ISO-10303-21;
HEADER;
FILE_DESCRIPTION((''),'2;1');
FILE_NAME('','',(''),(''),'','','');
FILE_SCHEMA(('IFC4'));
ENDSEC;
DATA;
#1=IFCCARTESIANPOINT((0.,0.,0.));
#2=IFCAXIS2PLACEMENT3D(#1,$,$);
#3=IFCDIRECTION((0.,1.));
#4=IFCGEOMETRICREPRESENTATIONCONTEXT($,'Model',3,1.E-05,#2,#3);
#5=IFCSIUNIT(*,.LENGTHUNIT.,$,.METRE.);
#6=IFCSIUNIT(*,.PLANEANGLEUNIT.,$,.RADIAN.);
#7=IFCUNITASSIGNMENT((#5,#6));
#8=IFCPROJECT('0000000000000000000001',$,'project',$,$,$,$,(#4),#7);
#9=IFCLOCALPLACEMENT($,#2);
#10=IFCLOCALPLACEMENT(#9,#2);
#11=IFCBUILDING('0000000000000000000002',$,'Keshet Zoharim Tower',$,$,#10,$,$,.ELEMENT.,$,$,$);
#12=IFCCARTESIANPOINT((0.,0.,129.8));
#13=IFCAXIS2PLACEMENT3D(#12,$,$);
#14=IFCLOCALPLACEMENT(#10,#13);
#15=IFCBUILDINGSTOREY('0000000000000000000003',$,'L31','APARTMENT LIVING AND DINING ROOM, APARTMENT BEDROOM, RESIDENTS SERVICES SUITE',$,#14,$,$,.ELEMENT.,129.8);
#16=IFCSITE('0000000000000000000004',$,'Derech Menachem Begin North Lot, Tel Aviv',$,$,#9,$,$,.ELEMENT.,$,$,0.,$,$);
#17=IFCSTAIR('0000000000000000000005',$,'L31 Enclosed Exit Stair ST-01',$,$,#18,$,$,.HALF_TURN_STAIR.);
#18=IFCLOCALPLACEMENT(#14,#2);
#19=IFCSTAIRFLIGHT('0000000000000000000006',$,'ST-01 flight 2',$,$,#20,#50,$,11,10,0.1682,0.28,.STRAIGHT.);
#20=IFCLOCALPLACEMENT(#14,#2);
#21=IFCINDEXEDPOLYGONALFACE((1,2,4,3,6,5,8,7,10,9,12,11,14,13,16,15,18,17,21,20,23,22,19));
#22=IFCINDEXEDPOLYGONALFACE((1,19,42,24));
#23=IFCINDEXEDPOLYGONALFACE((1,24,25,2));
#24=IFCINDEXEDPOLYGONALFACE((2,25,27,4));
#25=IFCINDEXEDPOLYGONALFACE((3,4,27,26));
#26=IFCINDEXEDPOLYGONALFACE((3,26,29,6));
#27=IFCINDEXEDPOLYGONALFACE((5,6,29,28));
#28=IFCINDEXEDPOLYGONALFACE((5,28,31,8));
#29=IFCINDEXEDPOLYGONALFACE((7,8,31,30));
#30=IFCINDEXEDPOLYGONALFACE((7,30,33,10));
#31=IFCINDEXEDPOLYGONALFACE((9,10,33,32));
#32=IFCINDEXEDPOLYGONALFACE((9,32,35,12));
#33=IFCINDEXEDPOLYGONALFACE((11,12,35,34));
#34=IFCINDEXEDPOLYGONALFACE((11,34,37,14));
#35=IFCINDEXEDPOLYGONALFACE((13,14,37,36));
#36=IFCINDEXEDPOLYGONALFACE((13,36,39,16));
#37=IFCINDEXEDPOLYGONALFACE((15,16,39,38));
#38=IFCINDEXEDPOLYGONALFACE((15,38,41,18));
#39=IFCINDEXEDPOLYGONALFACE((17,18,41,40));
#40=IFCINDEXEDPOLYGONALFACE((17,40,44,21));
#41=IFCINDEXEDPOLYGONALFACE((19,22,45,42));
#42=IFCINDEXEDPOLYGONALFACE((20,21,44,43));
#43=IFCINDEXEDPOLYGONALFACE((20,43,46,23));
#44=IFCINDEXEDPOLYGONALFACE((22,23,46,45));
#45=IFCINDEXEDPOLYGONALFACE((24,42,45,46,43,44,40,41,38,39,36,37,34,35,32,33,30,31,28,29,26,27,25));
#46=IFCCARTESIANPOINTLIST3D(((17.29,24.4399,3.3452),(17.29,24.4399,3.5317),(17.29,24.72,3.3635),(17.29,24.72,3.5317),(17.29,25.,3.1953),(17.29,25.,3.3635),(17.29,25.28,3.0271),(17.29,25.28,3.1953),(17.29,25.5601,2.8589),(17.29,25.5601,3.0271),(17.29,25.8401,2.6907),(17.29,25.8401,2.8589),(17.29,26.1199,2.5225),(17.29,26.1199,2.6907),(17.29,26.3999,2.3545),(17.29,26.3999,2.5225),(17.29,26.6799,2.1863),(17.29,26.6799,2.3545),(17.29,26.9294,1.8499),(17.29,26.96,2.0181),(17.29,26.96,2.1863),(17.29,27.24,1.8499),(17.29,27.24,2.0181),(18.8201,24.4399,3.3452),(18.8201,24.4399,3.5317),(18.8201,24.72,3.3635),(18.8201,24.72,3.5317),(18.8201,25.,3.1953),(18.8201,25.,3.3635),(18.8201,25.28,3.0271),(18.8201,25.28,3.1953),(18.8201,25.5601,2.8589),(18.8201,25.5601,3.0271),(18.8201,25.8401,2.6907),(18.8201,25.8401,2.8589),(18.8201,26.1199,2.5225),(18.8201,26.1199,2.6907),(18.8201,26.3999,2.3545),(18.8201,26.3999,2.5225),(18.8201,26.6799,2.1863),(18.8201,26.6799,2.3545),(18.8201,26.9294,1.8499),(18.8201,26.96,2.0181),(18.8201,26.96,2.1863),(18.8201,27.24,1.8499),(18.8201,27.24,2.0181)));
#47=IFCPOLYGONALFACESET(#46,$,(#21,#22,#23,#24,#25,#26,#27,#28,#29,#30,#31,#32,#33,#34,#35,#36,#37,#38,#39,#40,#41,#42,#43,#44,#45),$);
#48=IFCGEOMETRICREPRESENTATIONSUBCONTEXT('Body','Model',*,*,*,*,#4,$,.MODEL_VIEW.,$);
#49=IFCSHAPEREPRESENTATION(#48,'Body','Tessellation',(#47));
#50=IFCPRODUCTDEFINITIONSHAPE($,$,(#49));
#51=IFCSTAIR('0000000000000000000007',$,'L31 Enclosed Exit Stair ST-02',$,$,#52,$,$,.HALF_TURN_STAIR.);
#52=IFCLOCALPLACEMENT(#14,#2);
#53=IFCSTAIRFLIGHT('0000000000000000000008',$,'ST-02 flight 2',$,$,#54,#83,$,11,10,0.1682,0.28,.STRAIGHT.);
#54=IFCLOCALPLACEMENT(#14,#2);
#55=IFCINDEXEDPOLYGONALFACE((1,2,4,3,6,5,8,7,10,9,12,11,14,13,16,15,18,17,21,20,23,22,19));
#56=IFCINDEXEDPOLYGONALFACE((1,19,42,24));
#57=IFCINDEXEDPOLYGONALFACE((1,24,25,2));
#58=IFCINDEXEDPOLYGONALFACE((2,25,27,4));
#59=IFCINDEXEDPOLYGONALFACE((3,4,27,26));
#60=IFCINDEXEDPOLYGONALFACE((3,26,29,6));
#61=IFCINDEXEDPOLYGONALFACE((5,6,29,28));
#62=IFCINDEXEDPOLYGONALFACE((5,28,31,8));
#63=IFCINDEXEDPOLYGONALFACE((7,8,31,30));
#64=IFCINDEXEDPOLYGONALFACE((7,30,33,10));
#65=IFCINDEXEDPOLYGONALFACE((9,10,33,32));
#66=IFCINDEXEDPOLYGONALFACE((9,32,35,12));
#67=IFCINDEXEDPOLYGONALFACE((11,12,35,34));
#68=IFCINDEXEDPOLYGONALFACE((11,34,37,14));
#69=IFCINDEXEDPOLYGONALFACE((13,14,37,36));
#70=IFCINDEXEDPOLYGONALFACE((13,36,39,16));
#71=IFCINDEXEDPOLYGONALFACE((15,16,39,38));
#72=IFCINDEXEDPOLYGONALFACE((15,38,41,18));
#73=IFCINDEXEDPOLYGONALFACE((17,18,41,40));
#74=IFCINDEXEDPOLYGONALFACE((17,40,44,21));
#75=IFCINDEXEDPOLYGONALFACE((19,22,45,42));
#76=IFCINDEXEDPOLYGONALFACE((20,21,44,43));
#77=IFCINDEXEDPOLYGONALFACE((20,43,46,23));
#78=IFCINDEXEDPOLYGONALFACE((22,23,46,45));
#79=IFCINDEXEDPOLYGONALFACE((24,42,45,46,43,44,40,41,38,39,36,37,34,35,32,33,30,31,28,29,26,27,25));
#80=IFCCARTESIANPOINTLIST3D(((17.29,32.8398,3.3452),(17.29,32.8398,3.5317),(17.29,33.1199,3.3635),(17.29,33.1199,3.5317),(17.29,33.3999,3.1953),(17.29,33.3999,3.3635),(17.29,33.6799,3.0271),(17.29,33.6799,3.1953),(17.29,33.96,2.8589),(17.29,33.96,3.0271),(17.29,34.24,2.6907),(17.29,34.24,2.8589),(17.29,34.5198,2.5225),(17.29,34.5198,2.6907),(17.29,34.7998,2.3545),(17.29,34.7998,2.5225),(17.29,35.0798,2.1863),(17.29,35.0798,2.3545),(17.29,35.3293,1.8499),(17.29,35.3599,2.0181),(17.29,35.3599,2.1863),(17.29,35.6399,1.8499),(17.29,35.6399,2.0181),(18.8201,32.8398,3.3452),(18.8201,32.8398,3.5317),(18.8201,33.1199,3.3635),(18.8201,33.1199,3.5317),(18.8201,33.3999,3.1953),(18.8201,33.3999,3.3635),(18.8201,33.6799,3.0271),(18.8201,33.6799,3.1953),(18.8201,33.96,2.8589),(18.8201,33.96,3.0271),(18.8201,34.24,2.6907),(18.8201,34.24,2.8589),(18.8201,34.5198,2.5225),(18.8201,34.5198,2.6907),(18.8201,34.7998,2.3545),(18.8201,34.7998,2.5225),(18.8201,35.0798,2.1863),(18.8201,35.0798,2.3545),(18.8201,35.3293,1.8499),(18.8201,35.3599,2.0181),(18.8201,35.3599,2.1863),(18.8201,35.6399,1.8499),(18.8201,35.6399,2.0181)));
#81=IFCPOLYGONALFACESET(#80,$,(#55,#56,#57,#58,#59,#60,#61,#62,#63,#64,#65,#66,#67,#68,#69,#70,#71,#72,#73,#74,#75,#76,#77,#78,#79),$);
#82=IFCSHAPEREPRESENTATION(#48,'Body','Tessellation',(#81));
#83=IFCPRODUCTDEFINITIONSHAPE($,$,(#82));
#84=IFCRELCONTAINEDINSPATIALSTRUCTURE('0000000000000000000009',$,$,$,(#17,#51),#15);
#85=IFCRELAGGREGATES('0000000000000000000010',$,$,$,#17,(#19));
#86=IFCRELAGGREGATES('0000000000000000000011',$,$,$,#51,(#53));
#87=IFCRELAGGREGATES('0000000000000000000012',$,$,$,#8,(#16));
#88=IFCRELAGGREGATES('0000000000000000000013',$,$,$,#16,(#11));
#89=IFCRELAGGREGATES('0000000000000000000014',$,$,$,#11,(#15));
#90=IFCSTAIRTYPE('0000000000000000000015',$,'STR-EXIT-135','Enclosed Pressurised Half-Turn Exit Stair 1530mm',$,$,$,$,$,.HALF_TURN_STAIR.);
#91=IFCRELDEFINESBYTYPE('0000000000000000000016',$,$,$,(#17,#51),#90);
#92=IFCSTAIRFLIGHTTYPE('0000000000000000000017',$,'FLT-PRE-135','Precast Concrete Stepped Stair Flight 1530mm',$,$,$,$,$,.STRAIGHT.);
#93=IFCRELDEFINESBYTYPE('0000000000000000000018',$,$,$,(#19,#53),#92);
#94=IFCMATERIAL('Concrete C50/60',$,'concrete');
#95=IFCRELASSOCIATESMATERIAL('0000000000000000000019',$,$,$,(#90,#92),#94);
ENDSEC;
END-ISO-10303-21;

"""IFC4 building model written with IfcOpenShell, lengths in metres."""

from ifc_helpers import new_model, si_unit, direction, frame, origin, place, context, subcontext, project, spatial, polyline, outline, extrude, material, type_object, element, aggregate, save


model = new_model("IFC4")

# Units and contexts
model_context = context("Model", 3, precision=1e-05, world=origin(), true_north=direction((0.0, 1.0)))
body_context = subcontext(model_context, "Body", "Model", "MODEL_VIEW")
ifc_project = project(units=[si_unit("LENGTHUNIT", "METRE"), si_unit("PLANEANGLEUNIT", "RADIAN")], contexts=[model_context])

# Site, building, storey
site_placement = place(None, origin())
site = spatial("IfcSite", under=ifc_project, at=site_placement, Name="Derech Menachem Begin North Lot, Tel Aviv", CompositionType="ELEMENT", RefElevation=0.0)
building_placement = place(site_placement, origin())
building = spatial("IfcBuilding", under=site, at=building_placement, Name="Keshet Zoharim Tower", CompositionType="ELEMENT")
storey_placement = place(building_placement, frame((0.0, 0.0, 129.8)))
storey = spatial("IfcBuildingStorey", under=building, at=storey_placement, Name="L31", Description="APARTMENT LIVING AND DINING ROOM, APARTMENT BEDROOM, RESIDENTS SERVICES SUITE", CompositionType="ELEMENT", Elevation=129.8)

# Shared definitions
ifc_material_1 = material(Name="Concrete C50/60", Category="concrete")

# Stairs, stair flights
stair_type = type_object("IfcStairType", Name="STR-EXIT-135", Description="Enclosed Pressurised Half-Turn Exit Stair 1530mm", PredefinedType="HALF_TURN_STAIR", material=ifc_material_1)
stair_1_placement = place(storey_placement, origin())
stair_1 = element("IfcStair", 1, at=stair_1_placement, inside=storey, type_object=stair_type, Name="L31 Enclosed Exit Stair ST-01", PredefinedType="HALF_TURN_STAIR")
stair_flight_type = type_object("IfcStairFlightType", Name="FLT-PRE-135", Description="Precast Concrete Stepped Stair Flight 1530mm", PredefinedType="STRAIGHT", material=ifc_material_1)
stair_flight_1_placement = place(storey_placement, frame((18.0549, 27.24, 1.8499), z_axis=(0.0, 0.0, 1.0), x_axis=(0.0, -1.0, 0.0)))
stair_flight_1 = element("IfcStairFlight", 2, at=stair_flight_1_placement, type_object=stair_flight_type, Name="ST-01 flight 2", NumberOfRisers=11, NumberOfTreads=10, PredefinedType="STRAIGHT", RiserHeight=0.1682, TreadLength=0.28, context=body_context, shape_type="SweptSolid", body=[
    extrude(outline(polyline([(0.0, 0.0), (0.0, 0.1682), (0.28, 0.1682), (0.28, 0.3364), (0.5601, 0.3364), (0.5601, 0.5046), (0.8401, 0.5046), (0.8401, 0.6726), (1.1201, 0.6726), (1.1201, 0.8408), (1.3999, 0.8408), (1.3999, 1.009), (1.6799, 1.009), (1.6799, 1.1772), (1.96, 1.1772), (1.96, 1.3455), (2.24, 1.3455), (2.24, 1.5137), (2.52, 1.5137), (2.52, 1.6819), (2.8, 1.6819), (2.8, 1.8501), (2.8, 1.4954), (0.3105, 0.0), (0.0, 0.0)])), frame((0.0, 0.7651, 0.0), z_axis=(0.0, -1.0, 0.0), x_axis=(1.0, 0.0, 0.0)), (0.0, 0.0, 1.0), 1.53),
])
aggregate(stair_1, [stair_flight_1])
stair_2_placement = place(storey_placement, origin())
stair_2 = element("IfcStair", 3, at=stair_2_placement, inside=storey, type_object=stair_type, Name="L31 Enclosed Exit Stair ST-02", PredefinedType="HALF_TURN_STAIR")
stair_flight_2_placement = place(storey_placement, frame((18.0549, 35.6399, 1.8499), z_axis=(0.0, 0.0, 1.0), x_axis=(0.0, -1.0, 0.0)))
stair_flight_2 = element("IfcStairFlight", 4, at=stair_flight_2_placement, type_object=stair_flight_type, Name="ST-02 flight 2", NumberOfRisers=11, NumberOfTreads=10, PredefinedType="STRAIGHT", RiserHeight=0.1682, TreadLength=0.28, context=body_context, shape_type="SweptSolid", body=[
    extrude(outline(polyline([(0.0, 0.0), (0.0, 0.1682), (0.28, 0.1682), (0.28, 0.3364), (0.5601, 0.3364), (0.5601, 0.5046), (0.8401, 0.5046), (0.8401, 0.6726), (1.1201, 0.6726), (1.1201, 0.8408), (1.3999, 0.8408), (1.3999, 1.009), (1.6799, 1.009), (1.6799, 1.1772), (1.96, 1.1772), (1.96, 1.3455), (2.24, 1.3455), (2.24, 1.5137), (2.52, 1.5137), (2.52, 1.6819), (2.8, 1.6819), (2.8, 1.8501), (2.8, 1.4954), (0.3105, 0.0), (0.0, 0.0)])), frame((0.0, 0.7651, 0.0), z_axis=(0.0, -1.0, 0.0), x_axis=(1.0, 0.0, 0.0)), (0.0, 0.0, 1.0), 1.53),
])
aggregate(stair_2, [stair_flight_2])

save(model, "model.ifc")
